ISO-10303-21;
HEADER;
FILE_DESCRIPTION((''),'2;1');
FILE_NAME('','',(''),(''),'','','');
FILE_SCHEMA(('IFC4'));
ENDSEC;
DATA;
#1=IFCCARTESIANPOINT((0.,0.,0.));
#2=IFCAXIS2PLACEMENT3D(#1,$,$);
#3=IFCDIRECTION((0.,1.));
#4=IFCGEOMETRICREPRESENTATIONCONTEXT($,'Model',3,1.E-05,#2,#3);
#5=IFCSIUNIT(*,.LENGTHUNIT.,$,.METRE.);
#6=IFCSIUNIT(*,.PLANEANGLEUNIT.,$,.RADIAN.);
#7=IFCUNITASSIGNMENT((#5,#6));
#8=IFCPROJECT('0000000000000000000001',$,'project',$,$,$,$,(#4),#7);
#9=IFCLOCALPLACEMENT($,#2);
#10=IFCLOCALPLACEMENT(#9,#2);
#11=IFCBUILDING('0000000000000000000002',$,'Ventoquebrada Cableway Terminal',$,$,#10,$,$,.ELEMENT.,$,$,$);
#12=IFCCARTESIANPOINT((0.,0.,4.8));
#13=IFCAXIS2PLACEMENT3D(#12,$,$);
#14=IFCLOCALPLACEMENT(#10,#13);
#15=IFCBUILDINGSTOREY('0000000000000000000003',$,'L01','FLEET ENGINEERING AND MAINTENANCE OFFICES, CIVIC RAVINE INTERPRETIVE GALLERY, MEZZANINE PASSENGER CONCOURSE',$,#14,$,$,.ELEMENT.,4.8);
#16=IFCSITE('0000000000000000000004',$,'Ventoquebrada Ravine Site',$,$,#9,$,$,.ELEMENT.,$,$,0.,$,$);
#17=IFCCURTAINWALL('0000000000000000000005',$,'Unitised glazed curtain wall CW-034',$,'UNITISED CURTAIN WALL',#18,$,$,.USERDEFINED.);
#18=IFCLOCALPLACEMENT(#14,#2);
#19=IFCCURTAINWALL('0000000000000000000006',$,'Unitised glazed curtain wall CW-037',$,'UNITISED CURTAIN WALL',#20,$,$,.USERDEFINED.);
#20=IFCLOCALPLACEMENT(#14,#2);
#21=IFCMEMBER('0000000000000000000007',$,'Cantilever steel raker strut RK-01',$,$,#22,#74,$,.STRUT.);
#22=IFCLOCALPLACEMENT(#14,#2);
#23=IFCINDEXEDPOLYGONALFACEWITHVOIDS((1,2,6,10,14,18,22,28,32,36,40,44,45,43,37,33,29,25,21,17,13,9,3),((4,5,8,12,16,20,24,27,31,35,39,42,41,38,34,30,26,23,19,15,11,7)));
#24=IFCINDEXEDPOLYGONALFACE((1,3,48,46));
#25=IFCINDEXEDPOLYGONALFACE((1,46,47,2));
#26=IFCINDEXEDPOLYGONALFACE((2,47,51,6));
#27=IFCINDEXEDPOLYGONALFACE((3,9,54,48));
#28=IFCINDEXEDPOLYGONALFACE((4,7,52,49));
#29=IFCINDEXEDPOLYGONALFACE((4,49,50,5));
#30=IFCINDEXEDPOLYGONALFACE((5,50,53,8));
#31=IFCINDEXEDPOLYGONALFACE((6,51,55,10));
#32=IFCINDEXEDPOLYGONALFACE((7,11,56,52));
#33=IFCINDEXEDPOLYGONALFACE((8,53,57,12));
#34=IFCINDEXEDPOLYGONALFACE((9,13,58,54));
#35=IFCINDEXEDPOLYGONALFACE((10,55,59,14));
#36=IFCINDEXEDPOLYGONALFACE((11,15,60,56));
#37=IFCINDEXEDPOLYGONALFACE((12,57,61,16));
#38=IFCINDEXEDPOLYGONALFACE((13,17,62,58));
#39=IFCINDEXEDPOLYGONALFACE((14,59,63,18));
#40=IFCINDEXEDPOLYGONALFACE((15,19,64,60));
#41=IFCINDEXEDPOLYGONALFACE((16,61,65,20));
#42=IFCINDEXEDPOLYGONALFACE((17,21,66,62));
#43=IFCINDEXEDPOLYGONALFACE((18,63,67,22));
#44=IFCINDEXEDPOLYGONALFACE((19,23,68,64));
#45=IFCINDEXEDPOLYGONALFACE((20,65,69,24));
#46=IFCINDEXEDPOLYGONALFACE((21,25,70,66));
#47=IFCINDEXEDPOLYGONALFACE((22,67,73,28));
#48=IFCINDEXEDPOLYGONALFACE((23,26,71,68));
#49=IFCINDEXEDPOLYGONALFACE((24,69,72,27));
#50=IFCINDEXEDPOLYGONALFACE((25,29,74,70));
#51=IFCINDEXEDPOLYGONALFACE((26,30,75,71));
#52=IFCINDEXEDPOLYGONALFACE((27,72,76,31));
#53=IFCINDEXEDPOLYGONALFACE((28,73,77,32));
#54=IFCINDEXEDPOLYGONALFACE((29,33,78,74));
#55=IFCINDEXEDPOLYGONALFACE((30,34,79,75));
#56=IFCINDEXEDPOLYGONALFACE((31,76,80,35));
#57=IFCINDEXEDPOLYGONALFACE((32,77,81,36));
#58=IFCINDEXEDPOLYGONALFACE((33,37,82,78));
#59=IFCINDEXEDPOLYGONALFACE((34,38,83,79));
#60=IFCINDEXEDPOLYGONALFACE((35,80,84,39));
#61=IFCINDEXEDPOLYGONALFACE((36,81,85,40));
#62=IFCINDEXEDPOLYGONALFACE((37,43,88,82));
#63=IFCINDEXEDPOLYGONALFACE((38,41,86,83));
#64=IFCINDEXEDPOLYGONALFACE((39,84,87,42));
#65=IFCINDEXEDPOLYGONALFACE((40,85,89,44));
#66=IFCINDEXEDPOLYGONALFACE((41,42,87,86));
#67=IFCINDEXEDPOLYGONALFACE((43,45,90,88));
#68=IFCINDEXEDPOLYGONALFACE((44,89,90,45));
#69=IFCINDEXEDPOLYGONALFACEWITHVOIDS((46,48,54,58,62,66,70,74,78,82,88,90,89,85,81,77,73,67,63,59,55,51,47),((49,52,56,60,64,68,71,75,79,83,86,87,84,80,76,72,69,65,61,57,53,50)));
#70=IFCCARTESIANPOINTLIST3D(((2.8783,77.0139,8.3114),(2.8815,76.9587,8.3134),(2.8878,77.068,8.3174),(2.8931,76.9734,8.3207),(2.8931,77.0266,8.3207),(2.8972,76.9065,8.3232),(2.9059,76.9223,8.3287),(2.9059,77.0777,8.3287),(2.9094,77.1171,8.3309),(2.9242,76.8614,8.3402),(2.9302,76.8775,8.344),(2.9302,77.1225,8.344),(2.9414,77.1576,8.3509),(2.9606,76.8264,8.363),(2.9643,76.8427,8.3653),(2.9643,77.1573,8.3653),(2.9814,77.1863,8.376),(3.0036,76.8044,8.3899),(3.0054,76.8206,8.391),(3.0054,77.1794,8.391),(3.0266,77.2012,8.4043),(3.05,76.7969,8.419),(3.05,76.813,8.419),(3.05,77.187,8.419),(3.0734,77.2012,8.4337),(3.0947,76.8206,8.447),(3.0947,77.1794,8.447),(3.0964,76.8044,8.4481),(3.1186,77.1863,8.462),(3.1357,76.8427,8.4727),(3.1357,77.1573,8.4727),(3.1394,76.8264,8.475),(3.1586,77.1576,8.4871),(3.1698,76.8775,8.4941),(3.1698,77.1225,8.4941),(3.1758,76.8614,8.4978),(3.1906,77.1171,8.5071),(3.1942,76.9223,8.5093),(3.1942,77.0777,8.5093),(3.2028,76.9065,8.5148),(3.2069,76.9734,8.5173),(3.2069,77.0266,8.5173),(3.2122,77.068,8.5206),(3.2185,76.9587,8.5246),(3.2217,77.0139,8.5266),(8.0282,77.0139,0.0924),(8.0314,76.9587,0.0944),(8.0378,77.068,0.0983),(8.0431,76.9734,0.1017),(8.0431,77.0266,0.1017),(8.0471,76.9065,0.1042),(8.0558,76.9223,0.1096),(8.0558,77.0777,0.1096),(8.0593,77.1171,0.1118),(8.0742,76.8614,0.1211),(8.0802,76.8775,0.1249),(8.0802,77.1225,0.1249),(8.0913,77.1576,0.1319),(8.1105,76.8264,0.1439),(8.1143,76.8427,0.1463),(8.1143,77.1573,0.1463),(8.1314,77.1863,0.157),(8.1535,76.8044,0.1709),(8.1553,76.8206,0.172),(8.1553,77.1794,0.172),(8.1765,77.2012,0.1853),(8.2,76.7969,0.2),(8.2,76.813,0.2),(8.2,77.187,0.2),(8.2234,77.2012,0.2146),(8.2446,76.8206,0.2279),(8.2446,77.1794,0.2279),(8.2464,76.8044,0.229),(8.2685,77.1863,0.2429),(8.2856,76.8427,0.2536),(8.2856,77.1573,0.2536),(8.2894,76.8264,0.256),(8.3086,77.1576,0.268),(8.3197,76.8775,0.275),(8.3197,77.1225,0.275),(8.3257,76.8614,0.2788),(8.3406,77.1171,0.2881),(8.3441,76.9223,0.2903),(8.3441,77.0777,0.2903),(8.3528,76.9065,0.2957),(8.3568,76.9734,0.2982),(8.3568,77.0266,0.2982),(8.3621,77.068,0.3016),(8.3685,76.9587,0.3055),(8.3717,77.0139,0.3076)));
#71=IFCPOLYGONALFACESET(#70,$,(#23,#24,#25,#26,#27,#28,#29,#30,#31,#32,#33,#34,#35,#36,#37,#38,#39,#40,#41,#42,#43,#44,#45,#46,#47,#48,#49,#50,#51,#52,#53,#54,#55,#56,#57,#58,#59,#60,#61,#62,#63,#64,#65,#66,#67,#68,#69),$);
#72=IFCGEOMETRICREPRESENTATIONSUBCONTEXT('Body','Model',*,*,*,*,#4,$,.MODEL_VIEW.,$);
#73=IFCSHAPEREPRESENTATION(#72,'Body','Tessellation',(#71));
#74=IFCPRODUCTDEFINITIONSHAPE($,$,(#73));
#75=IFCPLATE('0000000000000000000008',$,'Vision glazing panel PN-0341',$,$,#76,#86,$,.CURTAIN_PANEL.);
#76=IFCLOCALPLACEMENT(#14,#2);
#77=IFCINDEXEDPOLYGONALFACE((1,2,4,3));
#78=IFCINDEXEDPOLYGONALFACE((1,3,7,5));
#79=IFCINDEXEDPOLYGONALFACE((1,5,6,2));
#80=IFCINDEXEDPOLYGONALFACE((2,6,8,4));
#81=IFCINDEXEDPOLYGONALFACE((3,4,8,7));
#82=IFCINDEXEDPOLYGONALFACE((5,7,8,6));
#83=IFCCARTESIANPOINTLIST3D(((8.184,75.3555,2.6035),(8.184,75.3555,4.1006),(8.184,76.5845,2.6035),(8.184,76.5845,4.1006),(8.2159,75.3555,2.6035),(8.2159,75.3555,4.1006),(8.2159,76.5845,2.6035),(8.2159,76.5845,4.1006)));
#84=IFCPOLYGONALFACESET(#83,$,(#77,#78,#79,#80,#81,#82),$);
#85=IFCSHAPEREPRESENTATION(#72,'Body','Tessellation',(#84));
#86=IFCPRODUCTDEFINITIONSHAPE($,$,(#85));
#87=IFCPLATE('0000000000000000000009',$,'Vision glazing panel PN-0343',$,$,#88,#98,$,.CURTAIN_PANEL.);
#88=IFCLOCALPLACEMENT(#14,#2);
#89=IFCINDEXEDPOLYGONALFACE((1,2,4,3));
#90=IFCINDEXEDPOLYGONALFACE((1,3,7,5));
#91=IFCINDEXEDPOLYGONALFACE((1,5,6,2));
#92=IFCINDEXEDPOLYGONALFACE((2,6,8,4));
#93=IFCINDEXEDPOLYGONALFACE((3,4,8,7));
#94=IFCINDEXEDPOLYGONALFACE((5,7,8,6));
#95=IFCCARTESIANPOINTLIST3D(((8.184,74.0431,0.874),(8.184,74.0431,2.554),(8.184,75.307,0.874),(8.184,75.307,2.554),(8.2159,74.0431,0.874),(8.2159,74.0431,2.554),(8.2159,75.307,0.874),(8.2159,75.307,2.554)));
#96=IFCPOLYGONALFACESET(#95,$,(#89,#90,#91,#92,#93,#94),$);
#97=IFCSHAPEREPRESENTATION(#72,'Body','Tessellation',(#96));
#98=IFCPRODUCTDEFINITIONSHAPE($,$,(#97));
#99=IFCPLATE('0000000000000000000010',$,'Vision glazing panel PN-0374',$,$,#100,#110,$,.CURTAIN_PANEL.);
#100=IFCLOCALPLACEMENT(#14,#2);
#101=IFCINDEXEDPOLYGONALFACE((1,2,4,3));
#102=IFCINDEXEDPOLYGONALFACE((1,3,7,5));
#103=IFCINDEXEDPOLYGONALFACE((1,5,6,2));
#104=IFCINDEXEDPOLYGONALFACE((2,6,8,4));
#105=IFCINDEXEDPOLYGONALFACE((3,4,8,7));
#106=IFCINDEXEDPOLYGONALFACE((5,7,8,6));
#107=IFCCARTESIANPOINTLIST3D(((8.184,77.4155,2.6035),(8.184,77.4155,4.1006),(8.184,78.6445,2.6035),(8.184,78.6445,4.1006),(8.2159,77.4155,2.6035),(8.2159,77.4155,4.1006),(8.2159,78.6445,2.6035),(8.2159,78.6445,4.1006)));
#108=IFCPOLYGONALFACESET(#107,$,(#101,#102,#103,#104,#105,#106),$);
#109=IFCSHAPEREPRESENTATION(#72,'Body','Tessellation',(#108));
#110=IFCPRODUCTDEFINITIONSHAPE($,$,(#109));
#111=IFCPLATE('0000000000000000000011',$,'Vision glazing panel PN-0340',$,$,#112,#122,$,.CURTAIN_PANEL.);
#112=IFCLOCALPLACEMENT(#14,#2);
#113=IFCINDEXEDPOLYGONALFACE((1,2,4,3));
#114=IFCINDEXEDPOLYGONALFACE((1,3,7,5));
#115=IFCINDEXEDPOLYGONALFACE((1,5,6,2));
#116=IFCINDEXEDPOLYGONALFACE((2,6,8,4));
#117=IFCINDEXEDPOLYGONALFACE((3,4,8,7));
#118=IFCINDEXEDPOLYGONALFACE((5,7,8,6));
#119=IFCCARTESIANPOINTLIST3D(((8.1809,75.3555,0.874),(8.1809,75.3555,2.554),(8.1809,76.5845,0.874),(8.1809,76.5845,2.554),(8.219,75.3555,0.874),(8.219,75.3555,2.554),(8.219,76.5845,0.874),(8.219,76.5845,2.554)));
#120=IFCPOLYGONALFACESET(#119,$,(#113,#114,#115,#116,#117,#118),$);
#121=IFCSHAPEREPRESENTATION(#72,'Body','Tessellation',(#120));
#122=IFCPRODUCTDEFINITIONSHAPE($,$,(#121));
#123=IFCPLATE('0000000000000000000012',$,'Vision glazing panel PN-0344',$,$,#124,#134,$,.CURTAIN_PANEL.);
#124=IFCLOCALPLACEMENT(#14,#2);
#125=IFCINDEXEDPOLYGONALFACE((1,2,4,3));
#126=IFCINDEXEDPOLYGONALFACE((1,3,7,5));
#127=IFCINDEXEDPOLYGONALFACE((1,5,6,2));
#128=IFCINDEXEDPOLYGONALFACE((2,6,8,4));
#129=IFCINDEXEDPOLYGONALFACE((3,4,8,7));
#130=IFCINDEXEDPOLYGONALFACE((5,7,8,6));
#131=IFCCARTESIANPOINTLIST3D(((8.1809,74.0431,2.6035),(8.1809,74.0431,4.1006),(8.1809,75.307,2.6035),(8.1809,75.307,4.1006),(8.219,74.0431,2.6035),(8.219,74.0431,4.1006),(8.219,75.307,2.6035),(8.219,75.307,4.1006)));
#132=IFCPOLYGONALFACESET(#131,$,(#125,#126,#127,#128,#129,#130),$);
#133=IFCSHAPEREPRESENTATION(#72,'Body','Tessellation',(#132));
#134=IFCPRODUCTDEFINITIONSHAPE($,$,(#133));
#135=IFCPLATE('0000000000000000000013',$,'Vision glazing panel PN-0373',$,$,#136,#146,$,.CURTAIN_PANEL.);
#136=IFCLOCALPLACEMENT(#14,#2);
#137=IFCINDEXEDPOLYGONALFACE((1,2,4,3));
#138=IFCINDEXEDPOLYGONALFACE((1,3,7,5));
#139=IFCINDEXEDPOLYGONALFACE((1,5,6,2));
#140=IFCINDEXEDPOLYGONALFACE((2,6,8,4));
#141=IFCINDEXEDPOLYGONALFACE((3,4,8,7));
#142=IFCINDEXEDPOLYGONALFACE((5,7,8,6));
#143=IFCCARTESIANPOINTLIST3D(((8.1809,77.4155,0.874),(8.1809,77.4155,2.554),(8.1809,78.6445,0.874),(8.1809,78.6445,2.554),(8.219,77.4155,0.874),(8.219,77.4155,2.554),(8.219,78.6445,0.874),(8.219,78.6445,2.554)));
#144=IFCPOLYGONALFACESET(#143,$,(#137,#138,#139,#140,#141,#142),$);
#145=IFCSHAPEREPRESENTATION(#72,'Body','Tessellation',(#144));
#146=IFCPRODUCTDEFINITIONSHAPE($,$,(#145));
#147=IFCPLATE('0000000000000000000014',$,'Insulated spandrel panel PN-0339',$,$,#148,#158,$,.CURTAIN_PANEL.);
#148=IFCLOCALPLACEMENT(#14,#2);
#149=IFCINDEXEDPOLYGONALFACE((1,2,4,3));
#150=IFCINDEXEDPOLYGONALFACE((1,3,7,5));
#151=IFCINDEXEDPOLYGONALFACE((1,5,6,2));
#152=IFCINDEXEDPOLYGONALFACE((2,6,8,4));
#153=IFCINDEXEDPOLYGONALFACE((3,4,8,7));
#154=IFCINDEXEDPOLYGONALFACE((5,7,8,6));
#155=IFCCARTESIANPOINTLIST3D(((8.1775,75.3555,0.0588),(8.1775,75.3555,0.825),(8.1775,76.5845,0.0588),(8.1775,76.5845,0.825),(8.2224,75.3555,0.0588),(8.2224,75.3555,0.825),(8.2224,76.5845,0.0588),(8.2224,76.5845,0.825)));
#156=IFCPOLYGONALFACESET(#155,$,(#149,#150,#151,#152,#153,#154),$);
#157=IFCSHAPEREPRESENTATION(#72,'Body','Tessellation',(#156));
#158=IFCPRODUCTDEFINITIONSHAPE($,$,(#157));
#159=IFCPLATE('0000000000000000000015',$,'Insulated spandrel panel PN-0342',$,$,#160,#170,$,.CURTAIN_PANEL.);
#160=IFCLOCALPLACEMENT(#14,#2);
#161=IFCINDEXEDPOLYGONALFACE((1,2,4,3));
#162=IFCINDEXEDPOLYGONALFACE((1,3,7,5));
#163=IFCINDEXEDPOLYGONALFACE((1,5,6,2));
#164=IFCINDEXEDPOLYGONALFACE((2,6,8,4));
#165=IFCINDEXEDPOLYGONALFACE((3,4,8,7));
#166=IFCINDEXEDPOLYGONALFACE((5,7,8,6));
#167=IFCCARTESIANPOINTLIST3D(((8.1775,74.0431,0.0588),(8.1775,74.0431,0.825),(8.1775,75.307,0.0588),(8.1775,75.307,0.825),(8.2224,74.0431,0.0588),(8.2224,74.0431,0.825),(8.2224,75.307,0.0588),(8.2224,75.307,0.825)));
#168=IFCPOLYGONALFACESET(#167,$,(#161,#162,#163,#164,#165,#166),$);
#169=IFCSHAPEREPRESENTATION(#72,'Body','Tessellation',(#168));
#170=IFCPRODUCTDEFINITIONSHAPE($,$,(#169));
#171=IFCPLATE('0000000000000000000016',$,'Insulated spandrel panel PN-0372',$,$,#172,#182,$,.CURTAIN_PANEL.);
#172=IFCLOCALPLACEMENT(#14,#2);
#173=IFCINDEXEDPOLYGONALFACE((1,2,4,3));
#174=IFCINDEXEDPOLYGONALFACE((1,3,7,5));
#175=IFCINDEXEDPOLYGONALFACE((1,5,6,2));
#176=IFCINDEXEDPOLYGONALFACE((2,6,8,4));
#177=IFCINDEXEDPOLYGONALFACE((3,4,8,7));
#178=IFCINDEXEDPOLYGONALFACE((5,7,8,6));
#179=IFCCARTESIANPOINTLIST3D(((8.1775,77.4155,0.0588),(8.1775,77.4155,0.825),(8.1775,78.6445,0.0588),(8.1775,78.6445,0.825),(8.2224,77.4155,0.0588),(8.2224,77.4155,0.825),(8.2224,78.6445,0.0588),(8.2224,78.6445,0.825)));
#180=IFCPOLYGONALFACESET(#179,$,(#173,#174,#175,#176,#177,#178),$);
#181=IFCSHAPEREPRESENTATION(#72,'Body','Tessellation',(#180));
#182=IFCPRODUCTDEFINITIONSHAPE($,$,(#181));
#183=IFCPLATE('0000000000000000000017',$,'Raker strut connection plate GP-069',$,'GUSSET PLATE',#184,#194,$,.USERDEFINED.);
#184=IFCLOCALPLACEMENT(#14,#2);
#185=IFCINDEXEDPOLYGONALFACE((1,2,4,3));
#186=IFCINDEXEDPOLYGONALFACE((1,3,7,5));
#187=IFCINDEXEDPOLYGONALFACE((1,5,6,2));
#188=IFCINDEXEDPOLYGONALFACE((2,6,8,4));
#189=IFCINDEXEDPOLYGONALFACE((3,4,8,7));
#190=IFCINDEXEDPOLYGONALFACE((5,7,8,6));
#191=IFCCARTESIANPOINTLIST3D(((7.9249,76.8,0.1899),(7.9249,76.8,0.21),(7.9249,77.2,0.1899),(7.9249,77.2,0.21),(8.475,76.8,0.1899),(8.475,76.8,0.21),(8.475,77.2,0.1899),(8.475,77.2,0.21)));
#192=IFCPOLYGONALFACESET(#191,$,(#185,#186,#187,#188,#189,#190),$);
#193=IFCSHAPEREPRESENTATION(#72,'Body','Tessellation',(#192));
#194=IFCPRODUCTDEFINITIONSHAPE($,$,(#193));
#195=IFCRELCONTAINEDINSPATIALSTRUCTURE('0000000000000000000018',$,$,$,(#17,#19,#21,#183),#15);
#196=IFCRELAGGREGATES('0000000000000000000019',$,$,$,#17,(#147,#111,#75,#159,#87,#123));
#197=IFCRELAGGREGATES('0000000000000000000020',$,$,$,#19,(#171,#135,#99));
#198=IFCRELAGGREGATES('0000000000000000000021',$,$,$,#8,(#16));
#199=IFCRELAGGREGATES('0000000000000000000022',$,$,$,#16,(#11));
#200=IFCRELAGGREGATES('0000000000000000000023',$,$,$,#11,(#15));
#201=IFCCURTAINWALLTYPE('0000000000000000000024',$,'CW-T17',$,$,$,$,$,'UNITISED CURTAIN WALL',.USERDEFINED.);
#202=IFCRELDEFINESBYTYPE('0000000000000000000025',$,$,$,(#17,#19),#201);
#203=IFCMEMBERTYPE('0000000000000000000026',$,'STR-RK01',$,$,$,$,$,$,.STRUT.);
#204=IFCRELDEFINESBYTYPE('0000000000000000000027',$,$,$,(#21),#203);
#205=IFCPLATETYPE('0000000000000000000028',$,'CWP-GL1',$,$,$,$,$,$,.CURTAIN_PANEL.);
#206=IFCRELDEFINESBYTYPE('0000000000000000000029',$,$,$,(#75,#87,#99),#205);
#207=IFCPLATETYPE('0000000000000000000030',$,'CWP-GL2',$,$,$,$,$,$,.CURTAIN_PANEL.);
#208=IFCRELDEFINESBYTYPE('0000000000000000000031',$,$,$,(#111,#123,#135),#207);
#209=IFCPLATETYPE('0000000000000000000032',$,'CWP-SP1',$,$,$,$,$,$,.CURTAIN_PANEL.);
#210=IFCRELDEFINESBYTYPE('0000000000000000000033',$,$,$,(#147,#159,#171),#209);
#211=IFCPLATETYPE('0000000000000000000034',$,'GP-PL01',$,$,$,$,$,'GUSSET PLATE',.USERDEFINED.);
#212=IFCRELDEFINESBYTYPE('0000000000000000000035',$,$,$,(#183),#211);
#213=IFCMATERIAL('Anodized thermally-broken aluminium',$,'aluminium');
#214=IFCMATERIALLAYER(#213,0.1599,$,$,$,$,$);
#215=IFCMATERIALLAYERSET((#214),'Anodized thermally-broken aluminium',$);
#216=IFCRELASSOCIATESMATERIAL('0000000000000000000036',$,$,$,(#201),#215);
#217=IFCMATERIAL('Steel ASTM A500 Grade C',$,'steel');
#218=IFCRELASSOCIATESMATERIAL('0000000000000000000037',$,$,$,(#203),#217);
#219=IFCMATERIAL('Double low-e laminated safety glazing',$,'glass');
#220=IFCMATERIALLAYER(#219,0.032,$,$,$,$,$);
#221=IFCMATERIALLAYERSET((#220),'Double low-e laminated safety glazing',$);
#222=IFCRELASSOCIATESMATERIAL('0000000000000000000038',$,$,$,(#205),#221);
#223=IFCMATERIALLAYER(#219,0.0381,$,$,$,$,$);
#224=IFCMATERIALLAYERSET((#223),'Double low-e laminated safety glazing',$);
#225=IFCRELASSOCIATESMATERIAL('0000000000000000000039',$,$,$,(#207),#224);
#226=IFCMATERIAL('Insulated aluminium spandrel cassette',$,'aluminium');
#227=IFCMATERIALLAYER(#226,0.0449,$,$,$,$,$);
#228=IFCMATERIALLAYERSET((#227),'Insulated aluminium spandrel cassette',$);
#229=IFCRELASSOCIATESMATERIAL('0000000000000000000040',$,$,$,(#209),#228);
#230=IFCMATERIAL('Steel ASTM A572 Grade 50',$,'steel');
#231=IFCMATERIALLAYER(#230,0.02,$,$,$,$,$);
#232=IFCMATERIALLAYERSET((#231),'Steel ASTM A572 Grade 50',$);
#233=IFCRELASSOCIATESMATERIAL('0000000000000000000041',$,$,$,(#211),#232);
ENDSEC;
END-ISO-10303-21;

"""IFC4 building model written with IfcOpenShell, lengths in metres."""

from ifc_helpers import new_model, si_unit, direction, frame, origin, origin_2d, place, context, subcontext, project, spatial, rectangle, hollow_circle, extrude, material, layer, layer_set, material_profile, profile_set, type_object, element, aggregate, save


model = new_model("IFC4")

# Units and contexts
model_context = context("Model", 3, precision=1e-05, world=origin(), true_north=direction((0.0, 1.0)))
body_context = subcontext(model_context, "Body", "Model", "MODEL_VIEW")
ifc_project = project(units=[si_unit("LENGTHUNIT", "METRE"), si_unit("PLANEANGLEUNIT", "RADIAN")], contexts=[model_context])

# Site, building, storey
site_placement = place(None, origin())
site = spatial("IfcSite", under=ifc_project, at=site_placement, Name="Ventoquebrada Ravine Site", CompositionType="ELEMENT", RefElevation=0.0)
building_placement = place(site_placement, origin())
building = spatial("IfcBuilding", under=site, at=building_placement, Name="Ventoquebrada Cableway Terminal", CompositionType="ELEMENT")
storey_placement = place(building_placement, frame((0.0, 0.0, 4.8)))
storey = spatial("IfcBuildingStorey", under=building, at=storey_placement, Name="L01", Description="FLEET ENGINEERING AND MAINTENANCE OFFICES, CIVIC RAVINE INTERPRETIVE GALLERY, MEZZANINE PASSENGER CONCOURSE", CompositionType="ELEMENT", Elevation=4.8)

# Curtain wall
ifc_material_1 = material(Name="Anodized thermally-broken aluminium", Category="aluminium")
ifc_layer_1 = layer(ifc_material_1, 0.1599)
ifc_layer_set_1 = layer_set([ifc_layer_1], Name="Anodized thermally-broken aluminium")
curtain_wall_type = type_object("IfcCurtainWallType", Name="CW-T17", ElementType="UNITISED CURTAIN WALL", PredefinedType="USERDEFINED", material=ifc_layer_set_1)
curtain_wall_1_placement = place(storey_placement, origin())
curtain_wall_1 = element("IfcCurtainWall", 1, at=curtain_wall_1_placement, inside=storey, type_object=curtain_wall_type, Name="Unitised glazed curtain wall CW-034", ObjectType="UNITISED CURTAIN WALL", PredefinedType="USERDEFINED")

# Curtain wall
curtain_wall_2_placement = place(storey_placement, origin())
curtain_wall_2 = element("IfcCurtainWall", 2, at=curtain_wall_2_placement, inside=storey, type_object=curtain_wall_type, Name="Unitised glazed curtain wall CW-037", ObjectType="UNITISED CURTAIN WALL", PredefinedType="USERDEFINED")

# Shared definitions
ifc_material_2 = material(Name="Steel ASTM A500 Grade C", Category="steel")

# Member
ifc_material_profile_1 = material_profile(ifc_material_2, hollow_circle(Radius=0.2031, WallThickness=0.0161, at=origin_2d()), Name="CHS406.4X16")
ifc_profile_set_1 = profile_set([ifc_material_profile_1], Name="Steel ASTM A500 Grade C")
member_type_1 = type_object("IfcMemberType", Name="STR-RK01", PredefinedType="STRUT", material=ifc_profile_set_1)
member_1_placement = place(storey_placement, frame((8.2, 77.0, 0.2), z_axis=(-0.530965, 0.0, 0.847394), x_axis=(0.0, -1.0, 0.0)))
element("IfcMember", 3, at=member_1_placement, inside=storey, type_object=member_type_1, Name="Cantilever steel raker strut RK-01", PredefinedType="STRUT", context=body_context, shape_type="SweptSolid", body=[
    extrude(hollow_circle(Radius=0.2031, WallThickness=0.0161, at=origin_2d()), origin(), (0.0, 0.0, 1.0), 9.6992),
])

# Plates
ifc_material_3 = material(Name="Double low-e laminated safety glazing", Category="glass")
ifc_layer_2 = layer(ifc_material_3, 0.032)
ifc_layer_set_2 = layer_set([ifc_layer_2], Name="Double low-e laminated safety glazing")
plate_type_1 = type_object("IfcPlateType", Name="CWP-GL1", PredefinedType="CURTAIN_PANEL", material=ifc_layer_set_2)
plate_1_placement = place(storey_placement, frame((8.2, 75.97, 2.6035), z_axis=(0.0, 0.0, 1.0), x_axis=(0.0, -1.0, 0.0)))
plate_1 = element("IfcPlate", 4, at=plate_1_placement, type_object=plate_type_1, Name="Vision glazing panel PN-0341", PredefinedType="CURTAIN_PANEL", context=body_context, shape_type="SweptSolid", body=[
    extrude(rectangle(XDim=1.229, YDim=0.032, at=origin_2d()), origin(), (0.0, 0.0, 1.0), 1.4971),
])
plate_2_placement = place(storey_placement, frame((8.2, 74.675, 0.874), z_axis=(0.0, 0.0, 1.0), x_axis=(0.0, -1.0, 0.0)))
plate_2 = element("IfcPlate", 5, at=plate_2_placement, type_object=plate_type_1, Name="Vision glazing panel PN-0343", PredefinedType="CURTAIN_PANEL", context=body_context, shape_type="SweptSolid", body=[
    extrude(rectangle(XDim=1.2639, YDim=0.032, at=origin_2d()), origin(), (0.0, 0.0, 1.0), 1.6799),
])
plate_3_placement = place(storey_placement, frame((8.2, 78.03, 2.6035), z_axis=(0.0, 0.0, 1.0), x_axis=(0.0, -1.0, 0.0)))
plate_3 = element("IfcPlate", 6, at=plate_3_placement, type_object=plate_type_1, Name="Vision glazing panel PN-0374", PredefinedType="CURTAIN_PANEL", context=body_context, shape_type="SweptSolid", body=[
    extrude(rectangle(XDim=1.229, YDim=0.032, at=origin_2d()), origin(), (0.0, 0.0, 1.0), 1.4971),
])
ifc_layer_3 = layer(ifc_material_3, 0.0381)
ifc_layer_set_3 = layer_set([ifc_layer_3], Name="Double low-e laminated safety glazing")
plate_type_2 = type_object("IfcPlateType", Name="CWP-GL2", PredefinedType="CURTAIN_PANEL", material=ifc_layer_set_3)
plate_4_placement = place(storey_placement, frame((8.2, 75.97, 0.874), z_axis=(0.0, 0.0, 1.0), x_axis=(0.0, -1.0, 0.0)))
plate_4 = element("IfcPlate", 7, at=plate_4_placement, type_object=plate_type_2, Name="Vision glazing panel PN-0340", PredefinedType="CURTAIN_PANEL", context=body_context, shape_type="SweptSolid", body=[
    extrude(rectangle(XDim=1.229, YDim=0.0381, at=origin_2d()), origin(), (0.0, 0.0, 1.0), 1.6799),
])
plate_5_placement = place(storey_placement, frame((8.2, 74.675, 2.6035), z_axis=(0.0, 0.0, 1.0), x_axis=(0.0, -1.0, 0.0)))
plate_5 = element("IfcPlate", 8, at=plate_5_placement, type_object=plate_type_2, Name="Vision glazing panel PN-0344", PredefinedType="CURTAIN_PANEL", context=body_context, shape_type="SweptSolid", body=[
    extrude(rectangle(XDim=1.2639, YDim=0.0381, at=origin_2d()), origin(), (0.0, 0.0, 1.0), 1.4971),
])
plate_6_placement = place(storey_placement, frame((8.2, 78.03, 0.874), z_axis=(0.0, 0.0, 1.0), x_axis=(0.0, -1.0, 0.0)))
plate_6 = element("IfcPlate", 9, at=plate_6_placement, type_object=plate_type_2, Name="Vision glazing panel PN-0373", PredefinedType="CURTAIN_PANEL", context=body_context, shape_type="SweptSolid", body=[
    extrude(rectangle(XDim=1.229, YDim=0.0381, at=origin_2d()), origin(), (0.0, 0.0, 1.0), 1.6799),
])
ifc_material_4 = material(Name="Insulated aluminium spandrel cassette", Category="aluminium")
ifc_layer_4 = layer(ifc_material_4, 0.0449)
ifc_layer_set_4 = layer_set([ifc_layer_4], Name="Insulated aluminium spandrel cassette")
plate_type_3 = type_object("IfcPlateType", Name="CWP-SP1", PredefinedType="CURTAIN_PANEL", material=ifc_layer_set_4)
plate_7_placement = place(storey_placement, frame((8.2, 75.97, 0.0588), z_axis=(0.0, 0.0, 1.0), x_axis=(0.0, -1.0, 0.0)))
plate_7 = element("IfcPlate", 10, at=plate_7_placement, type_object=plate_type_3, Name="Insulated spandrel panel PN-0339", PredefinedType="CURTAIN_PANEL", context=body_context, shape_type="SweptSolid", body=[
    extrude(rectangle(XDim=1.229, YDim=0.0449, at=origin_2d()), origin(), (0.0, 0.0, 1.0), 0.7661),
])
plate_8_placement = place(storey_placement, frame((8.2, 74.675, 0.0588), z_axis=(0.0, 0.0, 1.0), x_axis=(0.0, -1.0, 0.0)))
plate_8 = element("IfcPlate", 11, at=plate_8_placement, type_object=plate_type_3, Name="Insulated spandrel panel PN-0342", PredefinedType="CURTAIN_PANEL", context=body_context, shape_type="SweptSolid", body=[
    extrude(rectangle(XDim=1.2639, YDim=0.0449, at=origin_2d()), origin(), (0.0, 0.0, 1.0), 0.7661),
])
aggregate(curtain_wall_1, [plate_7, plate_4, plate_1, plate_8, plate_2, plate_5])
plate_9_placement = place(storey_placement, frame((8.2, 78.03, 0.0588), z_axis=(0.0, 0.0, 1.0), x_axis=(0.0, -1.0, 0.0)))
plate_9 = element("IfcPlate", 12, at=plate_9_placement, type_object=plate_type_3, Name="Insulated spandrel panel PN-0372", PredefinedType="CURTAIN_PANEL", context=body_context, shape_type="SweptSolid", body=[
    extrude(rectangle(XDim=1.229, YDim=0.0449, at=origin_2d()), origin(), (0.0, 0.0, 1.0), 0.7661),
])
aggregate(curtain_wall_2, [plate_9, plate_6, plate_3])
ifc_material_5 = material(Name="Steel ASTM A572 Grade 50", Category="steel")
ifc_layer_5 = layer(ifc_material_5, 0.02)
ifc_layer_set_5 = layer_set([ifc_layer_5], Name="Steel ASTM A572 Grade 50")
plate_type_4 = type_object("IfcPlateType", Name="GP-PL01", ElementType="GUSSET PLATE", PredefinedType="USERDEFINED", material=ifc_layer_set_5)
plate_10_placement = place(storey_placement, frame((8.2, 77.0, 0.1899), z_axis=(0.0, 0.0, 1.0), x_axis=(1.0, 0.0, 0.0)))
element("IfcPlate", 13, at=plate_10_placement, inside=storey, type_object=plate_type_4, Name="Raker strut connection plate GP-069", ObjectType="GUSSET PLATE", PredefinedType="USERDEFINED", context=body_context, shape_type="SweptSolid", body=[
    extrude(rectangle(XDim=0.55, YDim=0.3999, at=origin_2d()), origin(), (0.0, 0.0, 1.0), 0.02),
])

save(model, "model.ifc")
